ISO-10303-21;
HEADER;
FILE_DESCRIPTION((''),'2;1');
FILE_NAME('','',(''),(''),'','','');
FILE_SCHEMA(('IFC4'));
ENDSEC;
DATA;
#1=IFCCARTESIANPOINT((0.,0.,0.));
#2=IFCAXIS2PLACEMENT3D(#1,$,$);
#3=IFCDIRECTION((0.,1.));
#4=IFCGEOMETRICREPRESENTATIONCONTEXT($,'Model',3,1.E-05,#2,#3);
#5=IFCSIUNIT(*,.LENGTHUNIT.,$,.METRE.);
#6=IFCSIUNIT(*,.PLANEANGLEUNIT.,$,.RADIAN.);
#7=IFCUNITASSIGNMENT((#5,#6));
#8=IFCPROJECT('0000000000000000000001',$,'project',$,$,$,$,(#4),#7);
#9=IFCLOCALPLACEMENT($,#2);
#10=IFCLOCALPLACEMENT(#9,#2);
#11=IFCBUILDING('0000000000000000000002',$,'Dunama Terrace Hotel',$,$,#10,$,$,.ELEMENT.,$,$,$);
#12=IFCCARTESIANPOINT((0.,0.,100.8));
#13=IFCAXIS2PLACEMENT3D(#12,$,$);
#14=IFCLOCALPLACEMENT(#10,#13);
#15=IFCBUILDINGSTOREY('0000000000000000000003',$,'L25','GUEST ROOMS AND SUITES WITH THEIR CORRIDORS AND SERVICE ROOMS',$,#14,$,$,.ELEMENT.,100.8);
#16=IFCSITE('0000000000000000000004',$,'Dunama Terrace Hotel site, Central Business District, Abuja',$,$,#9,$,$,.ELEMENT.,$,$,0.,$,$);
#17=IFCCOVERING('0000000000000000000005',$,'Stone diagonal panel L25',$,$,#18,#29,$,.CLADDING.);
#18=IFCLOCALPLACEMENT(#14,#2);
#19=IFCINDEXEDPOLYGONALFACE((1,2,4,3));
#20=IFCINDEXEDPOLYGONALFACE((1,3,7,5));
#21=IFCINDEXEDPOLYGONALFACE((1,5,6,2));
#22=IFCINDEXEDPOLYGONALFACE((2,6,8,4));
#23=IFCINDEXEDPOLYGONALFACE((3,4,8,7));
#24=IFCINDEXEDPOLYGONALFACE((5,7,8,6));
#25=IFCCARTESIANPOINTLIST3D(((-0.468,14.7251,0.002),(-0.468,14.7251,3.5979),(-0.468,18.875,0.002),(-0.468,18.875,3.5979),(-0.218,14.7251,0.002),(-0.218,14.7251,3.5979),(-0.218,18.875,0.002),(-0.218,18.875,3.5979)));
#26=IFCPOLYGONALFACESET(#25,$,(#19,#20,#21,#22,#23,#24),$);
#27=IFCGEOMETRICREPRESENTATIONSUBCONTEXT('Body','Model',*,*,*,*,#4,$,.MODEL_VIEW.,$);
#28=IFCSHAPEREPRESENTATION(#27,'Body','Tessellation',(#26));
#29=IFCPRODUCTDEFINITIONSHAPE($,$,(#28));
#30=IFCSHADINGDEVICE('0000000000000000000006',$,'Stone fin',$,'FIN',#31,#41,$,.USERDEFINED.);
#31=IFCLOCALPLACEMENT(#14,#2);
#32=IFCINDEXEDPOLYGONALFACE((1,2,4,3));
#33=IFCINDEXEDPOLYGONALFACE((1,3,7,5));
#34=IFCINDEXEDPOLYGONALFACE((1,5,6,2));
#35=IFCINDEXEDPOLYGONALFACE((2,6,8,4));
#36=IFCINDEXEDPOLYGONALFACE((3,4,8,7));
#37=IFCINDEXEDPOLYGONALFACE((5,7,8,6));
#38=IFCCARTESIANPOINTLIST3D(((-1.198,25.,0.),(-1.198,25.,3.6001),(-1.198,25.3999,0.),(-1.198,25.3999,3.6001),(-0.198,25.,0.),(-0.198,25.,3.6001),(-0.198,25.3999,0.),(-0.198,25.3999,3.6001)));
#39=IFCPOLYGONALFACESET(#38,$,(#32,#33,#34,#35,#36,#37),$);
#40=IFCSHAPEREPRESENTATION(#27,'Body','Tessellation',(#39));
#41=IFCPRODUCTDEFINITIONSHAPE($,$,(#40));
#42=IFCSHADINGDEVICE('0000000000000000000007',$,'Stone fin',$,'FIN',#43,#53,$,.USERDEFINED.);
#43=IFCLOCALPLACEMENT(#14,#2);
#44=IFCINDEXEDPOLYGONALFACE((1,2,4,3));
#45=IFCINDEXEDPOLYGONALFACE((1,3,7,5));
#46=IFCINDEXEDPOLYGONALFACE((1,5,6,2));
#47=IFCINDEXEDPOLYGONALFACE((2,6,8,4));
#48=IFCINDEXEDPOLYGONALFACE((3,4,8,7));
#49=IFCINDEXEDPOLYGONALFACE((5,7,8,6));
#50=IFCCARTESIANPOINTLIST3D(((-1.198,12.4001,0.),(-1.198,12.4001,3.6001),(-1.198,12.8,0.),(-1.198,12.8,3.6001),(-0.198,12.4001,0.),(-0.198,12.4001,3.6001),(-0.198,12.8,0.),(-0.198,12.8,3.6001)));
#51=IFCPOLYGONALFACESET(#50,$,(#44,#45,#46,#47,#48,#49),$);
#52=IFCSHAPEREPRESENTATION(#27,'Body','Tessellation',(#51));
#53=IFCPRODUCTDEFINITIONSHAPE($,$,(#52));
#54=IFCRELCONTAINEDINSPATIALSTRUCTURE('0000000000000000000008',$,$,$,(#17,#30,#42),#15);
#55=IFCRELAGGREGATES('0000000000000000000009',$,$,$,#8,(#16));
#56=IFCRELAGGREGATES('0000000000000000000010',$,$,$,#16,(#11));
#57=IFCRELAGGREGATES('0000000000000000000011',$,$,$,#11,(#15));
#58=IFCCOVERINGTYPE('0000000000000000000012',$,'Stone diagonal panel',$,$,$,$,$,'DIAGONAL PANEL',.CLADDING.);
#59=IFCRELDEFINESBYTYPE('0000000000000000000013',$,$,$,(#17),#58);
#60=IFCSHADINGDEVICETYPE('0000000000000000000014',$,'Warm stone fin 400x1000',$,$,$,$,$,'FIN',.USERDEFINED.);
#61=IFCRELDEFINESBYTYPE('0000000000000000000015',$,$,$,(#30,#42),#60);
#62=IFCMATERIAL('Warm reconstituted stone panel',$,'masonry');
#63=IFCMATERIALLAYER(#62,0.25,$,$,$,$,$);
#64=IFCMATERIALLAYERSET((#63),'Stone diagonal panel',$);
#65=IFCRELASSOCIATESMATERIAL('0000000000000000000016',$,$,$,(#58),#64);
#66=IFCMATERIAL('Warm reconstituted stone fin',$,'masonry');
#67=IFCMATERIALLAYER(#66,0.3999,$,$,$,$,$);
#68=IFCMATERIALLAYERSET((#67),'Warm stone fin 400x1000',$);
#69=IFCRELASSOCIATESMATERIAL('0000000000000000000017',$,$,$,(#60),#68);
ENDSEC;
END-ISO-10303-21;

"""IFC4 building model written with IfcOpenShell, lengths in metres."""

from ifc_helpers import new_model, si_unit, direction, frame, origin, origin_2d, place, context, subcontext, project, spatial, rectangle, extrude, material, layer, layer_set, type_object, element, save


model = new_model("IFC4")

# Units and contexts
model_context = context("Model", 3, precision=1e-05, world=origin(), true_north=direction((0.0, 1.0)))
body_context = subcontext(model_context, "Body", "Model", "MODEL_VIEW")
ifc_project = project(units=[si_unit("LENGTHUNIT", "METRE"), si_unit("PLANEANGLEUNIT", "RADIAN")], contexts=[model_context])

# Site, building, storey
site_placement = place(None, origin())
site = spatial("IfcSite", under=ifc_project, at=site_placement, Name="Dunama Terrace Hotel site, Central Business District, Abuja", CompositionType="ELEMENT", RefElevation=0.0)
building_placement = place(site_placement, origin())
building = spatial("IfcBuilding", under=site, at=building_placement, Name="Dunama Terrace Hotel", CompositionType="ELEMENT")
storey_placement = place(building_placement, frame((0.0, 0.0, 100.8)))
storey = spatial("IfcBuildingStorey", under=building, at=storey_placement, Name="L25", Description="GUEST ROOMS AND SUITES WITH THEIR CORRIDORS AND SERVICE ROOMS", CompositionType="ELEMENT", Elevation=100.8)

# Covering
ifc_material_1 = material(Name="Warm reconstituted stone panel", Category="masonry")
ifc_layer_1 = layer(ifc_material_1, 0.25)
ifc_layer_set_1 = layer_set([ifc_layer_1], Name="Stone diagonal panel")
covering_type = type_object("IfcCoveringType", Name="Stone diagonal panel", ElementType="DIAGONAL PANEL", PredefinedType="CLADDING", material=ifc_layer_set_1)
covering_placement = place(storey_placement, frame((-0.343, 16.8, 0.002), z_axis=(0.0, 0.0, 1.0), x_axis=(0.0, -1.0, 0.0)))
element("IfcCovering", 1, at=covering_placement, inside=storey, type_object=covering_type, Name="Stone diagonal panel L25", PredefinedType="CLADDING", context=body_context, shape_type="SweptSolid", body=[
    extrude(rectangle(XDim=4.1499, YDim=0.25, at=origin_2d()), origin(), (0.0, 0.0, 1.0), 3.5959),
])

# Shading devices
ifc_material_2 = material(Name="Warm reconstituted stone fin", Category="masonry")
ifc_layer_2 = layer(ifc_material_2, 0.3999)
ifc_layer_set_2 = layer_set([ifc_layer_2], Name="Warm stone fin 400x1000")
shading_device_type = type_object("IfcShadingDeviceType", Name="Warm stone fin 400x1000", ElementType="FIN", PredefinedType="USERDEFINED", material=ifc_layer_set_2)
for number, where, z_axis, x_axis, name in (
    (2, (-0.698, 25.2, 0.0), (0.0, 0.0, 1.0), (0.0, -1.0, 0.0), "Stone fin"),
    (3, (-0.698, 12.6001, 0.0), (0.0, 0.0, 1.0), (0.0, -1.0, 0.0), "Stone fin"),
):
    element("IfcShadingDevice", number, at=place(storey_placement, frame(where, z_axis=z_axis, x_axis=x_axis)), inside=storey, type_object=shading_device_type, Name=name, ObjectType="FIN", PredefinedType="USERDEFINED", context=body_context, shape_type="SweptSolid", body=[
        extrude(rectangle(XDim=0.3999, YDim=1.0, at=origin_2d()), origin(), (0.0, 0.0, 1.0), 3.6001),
    ])

save(model, "model.ifc")
